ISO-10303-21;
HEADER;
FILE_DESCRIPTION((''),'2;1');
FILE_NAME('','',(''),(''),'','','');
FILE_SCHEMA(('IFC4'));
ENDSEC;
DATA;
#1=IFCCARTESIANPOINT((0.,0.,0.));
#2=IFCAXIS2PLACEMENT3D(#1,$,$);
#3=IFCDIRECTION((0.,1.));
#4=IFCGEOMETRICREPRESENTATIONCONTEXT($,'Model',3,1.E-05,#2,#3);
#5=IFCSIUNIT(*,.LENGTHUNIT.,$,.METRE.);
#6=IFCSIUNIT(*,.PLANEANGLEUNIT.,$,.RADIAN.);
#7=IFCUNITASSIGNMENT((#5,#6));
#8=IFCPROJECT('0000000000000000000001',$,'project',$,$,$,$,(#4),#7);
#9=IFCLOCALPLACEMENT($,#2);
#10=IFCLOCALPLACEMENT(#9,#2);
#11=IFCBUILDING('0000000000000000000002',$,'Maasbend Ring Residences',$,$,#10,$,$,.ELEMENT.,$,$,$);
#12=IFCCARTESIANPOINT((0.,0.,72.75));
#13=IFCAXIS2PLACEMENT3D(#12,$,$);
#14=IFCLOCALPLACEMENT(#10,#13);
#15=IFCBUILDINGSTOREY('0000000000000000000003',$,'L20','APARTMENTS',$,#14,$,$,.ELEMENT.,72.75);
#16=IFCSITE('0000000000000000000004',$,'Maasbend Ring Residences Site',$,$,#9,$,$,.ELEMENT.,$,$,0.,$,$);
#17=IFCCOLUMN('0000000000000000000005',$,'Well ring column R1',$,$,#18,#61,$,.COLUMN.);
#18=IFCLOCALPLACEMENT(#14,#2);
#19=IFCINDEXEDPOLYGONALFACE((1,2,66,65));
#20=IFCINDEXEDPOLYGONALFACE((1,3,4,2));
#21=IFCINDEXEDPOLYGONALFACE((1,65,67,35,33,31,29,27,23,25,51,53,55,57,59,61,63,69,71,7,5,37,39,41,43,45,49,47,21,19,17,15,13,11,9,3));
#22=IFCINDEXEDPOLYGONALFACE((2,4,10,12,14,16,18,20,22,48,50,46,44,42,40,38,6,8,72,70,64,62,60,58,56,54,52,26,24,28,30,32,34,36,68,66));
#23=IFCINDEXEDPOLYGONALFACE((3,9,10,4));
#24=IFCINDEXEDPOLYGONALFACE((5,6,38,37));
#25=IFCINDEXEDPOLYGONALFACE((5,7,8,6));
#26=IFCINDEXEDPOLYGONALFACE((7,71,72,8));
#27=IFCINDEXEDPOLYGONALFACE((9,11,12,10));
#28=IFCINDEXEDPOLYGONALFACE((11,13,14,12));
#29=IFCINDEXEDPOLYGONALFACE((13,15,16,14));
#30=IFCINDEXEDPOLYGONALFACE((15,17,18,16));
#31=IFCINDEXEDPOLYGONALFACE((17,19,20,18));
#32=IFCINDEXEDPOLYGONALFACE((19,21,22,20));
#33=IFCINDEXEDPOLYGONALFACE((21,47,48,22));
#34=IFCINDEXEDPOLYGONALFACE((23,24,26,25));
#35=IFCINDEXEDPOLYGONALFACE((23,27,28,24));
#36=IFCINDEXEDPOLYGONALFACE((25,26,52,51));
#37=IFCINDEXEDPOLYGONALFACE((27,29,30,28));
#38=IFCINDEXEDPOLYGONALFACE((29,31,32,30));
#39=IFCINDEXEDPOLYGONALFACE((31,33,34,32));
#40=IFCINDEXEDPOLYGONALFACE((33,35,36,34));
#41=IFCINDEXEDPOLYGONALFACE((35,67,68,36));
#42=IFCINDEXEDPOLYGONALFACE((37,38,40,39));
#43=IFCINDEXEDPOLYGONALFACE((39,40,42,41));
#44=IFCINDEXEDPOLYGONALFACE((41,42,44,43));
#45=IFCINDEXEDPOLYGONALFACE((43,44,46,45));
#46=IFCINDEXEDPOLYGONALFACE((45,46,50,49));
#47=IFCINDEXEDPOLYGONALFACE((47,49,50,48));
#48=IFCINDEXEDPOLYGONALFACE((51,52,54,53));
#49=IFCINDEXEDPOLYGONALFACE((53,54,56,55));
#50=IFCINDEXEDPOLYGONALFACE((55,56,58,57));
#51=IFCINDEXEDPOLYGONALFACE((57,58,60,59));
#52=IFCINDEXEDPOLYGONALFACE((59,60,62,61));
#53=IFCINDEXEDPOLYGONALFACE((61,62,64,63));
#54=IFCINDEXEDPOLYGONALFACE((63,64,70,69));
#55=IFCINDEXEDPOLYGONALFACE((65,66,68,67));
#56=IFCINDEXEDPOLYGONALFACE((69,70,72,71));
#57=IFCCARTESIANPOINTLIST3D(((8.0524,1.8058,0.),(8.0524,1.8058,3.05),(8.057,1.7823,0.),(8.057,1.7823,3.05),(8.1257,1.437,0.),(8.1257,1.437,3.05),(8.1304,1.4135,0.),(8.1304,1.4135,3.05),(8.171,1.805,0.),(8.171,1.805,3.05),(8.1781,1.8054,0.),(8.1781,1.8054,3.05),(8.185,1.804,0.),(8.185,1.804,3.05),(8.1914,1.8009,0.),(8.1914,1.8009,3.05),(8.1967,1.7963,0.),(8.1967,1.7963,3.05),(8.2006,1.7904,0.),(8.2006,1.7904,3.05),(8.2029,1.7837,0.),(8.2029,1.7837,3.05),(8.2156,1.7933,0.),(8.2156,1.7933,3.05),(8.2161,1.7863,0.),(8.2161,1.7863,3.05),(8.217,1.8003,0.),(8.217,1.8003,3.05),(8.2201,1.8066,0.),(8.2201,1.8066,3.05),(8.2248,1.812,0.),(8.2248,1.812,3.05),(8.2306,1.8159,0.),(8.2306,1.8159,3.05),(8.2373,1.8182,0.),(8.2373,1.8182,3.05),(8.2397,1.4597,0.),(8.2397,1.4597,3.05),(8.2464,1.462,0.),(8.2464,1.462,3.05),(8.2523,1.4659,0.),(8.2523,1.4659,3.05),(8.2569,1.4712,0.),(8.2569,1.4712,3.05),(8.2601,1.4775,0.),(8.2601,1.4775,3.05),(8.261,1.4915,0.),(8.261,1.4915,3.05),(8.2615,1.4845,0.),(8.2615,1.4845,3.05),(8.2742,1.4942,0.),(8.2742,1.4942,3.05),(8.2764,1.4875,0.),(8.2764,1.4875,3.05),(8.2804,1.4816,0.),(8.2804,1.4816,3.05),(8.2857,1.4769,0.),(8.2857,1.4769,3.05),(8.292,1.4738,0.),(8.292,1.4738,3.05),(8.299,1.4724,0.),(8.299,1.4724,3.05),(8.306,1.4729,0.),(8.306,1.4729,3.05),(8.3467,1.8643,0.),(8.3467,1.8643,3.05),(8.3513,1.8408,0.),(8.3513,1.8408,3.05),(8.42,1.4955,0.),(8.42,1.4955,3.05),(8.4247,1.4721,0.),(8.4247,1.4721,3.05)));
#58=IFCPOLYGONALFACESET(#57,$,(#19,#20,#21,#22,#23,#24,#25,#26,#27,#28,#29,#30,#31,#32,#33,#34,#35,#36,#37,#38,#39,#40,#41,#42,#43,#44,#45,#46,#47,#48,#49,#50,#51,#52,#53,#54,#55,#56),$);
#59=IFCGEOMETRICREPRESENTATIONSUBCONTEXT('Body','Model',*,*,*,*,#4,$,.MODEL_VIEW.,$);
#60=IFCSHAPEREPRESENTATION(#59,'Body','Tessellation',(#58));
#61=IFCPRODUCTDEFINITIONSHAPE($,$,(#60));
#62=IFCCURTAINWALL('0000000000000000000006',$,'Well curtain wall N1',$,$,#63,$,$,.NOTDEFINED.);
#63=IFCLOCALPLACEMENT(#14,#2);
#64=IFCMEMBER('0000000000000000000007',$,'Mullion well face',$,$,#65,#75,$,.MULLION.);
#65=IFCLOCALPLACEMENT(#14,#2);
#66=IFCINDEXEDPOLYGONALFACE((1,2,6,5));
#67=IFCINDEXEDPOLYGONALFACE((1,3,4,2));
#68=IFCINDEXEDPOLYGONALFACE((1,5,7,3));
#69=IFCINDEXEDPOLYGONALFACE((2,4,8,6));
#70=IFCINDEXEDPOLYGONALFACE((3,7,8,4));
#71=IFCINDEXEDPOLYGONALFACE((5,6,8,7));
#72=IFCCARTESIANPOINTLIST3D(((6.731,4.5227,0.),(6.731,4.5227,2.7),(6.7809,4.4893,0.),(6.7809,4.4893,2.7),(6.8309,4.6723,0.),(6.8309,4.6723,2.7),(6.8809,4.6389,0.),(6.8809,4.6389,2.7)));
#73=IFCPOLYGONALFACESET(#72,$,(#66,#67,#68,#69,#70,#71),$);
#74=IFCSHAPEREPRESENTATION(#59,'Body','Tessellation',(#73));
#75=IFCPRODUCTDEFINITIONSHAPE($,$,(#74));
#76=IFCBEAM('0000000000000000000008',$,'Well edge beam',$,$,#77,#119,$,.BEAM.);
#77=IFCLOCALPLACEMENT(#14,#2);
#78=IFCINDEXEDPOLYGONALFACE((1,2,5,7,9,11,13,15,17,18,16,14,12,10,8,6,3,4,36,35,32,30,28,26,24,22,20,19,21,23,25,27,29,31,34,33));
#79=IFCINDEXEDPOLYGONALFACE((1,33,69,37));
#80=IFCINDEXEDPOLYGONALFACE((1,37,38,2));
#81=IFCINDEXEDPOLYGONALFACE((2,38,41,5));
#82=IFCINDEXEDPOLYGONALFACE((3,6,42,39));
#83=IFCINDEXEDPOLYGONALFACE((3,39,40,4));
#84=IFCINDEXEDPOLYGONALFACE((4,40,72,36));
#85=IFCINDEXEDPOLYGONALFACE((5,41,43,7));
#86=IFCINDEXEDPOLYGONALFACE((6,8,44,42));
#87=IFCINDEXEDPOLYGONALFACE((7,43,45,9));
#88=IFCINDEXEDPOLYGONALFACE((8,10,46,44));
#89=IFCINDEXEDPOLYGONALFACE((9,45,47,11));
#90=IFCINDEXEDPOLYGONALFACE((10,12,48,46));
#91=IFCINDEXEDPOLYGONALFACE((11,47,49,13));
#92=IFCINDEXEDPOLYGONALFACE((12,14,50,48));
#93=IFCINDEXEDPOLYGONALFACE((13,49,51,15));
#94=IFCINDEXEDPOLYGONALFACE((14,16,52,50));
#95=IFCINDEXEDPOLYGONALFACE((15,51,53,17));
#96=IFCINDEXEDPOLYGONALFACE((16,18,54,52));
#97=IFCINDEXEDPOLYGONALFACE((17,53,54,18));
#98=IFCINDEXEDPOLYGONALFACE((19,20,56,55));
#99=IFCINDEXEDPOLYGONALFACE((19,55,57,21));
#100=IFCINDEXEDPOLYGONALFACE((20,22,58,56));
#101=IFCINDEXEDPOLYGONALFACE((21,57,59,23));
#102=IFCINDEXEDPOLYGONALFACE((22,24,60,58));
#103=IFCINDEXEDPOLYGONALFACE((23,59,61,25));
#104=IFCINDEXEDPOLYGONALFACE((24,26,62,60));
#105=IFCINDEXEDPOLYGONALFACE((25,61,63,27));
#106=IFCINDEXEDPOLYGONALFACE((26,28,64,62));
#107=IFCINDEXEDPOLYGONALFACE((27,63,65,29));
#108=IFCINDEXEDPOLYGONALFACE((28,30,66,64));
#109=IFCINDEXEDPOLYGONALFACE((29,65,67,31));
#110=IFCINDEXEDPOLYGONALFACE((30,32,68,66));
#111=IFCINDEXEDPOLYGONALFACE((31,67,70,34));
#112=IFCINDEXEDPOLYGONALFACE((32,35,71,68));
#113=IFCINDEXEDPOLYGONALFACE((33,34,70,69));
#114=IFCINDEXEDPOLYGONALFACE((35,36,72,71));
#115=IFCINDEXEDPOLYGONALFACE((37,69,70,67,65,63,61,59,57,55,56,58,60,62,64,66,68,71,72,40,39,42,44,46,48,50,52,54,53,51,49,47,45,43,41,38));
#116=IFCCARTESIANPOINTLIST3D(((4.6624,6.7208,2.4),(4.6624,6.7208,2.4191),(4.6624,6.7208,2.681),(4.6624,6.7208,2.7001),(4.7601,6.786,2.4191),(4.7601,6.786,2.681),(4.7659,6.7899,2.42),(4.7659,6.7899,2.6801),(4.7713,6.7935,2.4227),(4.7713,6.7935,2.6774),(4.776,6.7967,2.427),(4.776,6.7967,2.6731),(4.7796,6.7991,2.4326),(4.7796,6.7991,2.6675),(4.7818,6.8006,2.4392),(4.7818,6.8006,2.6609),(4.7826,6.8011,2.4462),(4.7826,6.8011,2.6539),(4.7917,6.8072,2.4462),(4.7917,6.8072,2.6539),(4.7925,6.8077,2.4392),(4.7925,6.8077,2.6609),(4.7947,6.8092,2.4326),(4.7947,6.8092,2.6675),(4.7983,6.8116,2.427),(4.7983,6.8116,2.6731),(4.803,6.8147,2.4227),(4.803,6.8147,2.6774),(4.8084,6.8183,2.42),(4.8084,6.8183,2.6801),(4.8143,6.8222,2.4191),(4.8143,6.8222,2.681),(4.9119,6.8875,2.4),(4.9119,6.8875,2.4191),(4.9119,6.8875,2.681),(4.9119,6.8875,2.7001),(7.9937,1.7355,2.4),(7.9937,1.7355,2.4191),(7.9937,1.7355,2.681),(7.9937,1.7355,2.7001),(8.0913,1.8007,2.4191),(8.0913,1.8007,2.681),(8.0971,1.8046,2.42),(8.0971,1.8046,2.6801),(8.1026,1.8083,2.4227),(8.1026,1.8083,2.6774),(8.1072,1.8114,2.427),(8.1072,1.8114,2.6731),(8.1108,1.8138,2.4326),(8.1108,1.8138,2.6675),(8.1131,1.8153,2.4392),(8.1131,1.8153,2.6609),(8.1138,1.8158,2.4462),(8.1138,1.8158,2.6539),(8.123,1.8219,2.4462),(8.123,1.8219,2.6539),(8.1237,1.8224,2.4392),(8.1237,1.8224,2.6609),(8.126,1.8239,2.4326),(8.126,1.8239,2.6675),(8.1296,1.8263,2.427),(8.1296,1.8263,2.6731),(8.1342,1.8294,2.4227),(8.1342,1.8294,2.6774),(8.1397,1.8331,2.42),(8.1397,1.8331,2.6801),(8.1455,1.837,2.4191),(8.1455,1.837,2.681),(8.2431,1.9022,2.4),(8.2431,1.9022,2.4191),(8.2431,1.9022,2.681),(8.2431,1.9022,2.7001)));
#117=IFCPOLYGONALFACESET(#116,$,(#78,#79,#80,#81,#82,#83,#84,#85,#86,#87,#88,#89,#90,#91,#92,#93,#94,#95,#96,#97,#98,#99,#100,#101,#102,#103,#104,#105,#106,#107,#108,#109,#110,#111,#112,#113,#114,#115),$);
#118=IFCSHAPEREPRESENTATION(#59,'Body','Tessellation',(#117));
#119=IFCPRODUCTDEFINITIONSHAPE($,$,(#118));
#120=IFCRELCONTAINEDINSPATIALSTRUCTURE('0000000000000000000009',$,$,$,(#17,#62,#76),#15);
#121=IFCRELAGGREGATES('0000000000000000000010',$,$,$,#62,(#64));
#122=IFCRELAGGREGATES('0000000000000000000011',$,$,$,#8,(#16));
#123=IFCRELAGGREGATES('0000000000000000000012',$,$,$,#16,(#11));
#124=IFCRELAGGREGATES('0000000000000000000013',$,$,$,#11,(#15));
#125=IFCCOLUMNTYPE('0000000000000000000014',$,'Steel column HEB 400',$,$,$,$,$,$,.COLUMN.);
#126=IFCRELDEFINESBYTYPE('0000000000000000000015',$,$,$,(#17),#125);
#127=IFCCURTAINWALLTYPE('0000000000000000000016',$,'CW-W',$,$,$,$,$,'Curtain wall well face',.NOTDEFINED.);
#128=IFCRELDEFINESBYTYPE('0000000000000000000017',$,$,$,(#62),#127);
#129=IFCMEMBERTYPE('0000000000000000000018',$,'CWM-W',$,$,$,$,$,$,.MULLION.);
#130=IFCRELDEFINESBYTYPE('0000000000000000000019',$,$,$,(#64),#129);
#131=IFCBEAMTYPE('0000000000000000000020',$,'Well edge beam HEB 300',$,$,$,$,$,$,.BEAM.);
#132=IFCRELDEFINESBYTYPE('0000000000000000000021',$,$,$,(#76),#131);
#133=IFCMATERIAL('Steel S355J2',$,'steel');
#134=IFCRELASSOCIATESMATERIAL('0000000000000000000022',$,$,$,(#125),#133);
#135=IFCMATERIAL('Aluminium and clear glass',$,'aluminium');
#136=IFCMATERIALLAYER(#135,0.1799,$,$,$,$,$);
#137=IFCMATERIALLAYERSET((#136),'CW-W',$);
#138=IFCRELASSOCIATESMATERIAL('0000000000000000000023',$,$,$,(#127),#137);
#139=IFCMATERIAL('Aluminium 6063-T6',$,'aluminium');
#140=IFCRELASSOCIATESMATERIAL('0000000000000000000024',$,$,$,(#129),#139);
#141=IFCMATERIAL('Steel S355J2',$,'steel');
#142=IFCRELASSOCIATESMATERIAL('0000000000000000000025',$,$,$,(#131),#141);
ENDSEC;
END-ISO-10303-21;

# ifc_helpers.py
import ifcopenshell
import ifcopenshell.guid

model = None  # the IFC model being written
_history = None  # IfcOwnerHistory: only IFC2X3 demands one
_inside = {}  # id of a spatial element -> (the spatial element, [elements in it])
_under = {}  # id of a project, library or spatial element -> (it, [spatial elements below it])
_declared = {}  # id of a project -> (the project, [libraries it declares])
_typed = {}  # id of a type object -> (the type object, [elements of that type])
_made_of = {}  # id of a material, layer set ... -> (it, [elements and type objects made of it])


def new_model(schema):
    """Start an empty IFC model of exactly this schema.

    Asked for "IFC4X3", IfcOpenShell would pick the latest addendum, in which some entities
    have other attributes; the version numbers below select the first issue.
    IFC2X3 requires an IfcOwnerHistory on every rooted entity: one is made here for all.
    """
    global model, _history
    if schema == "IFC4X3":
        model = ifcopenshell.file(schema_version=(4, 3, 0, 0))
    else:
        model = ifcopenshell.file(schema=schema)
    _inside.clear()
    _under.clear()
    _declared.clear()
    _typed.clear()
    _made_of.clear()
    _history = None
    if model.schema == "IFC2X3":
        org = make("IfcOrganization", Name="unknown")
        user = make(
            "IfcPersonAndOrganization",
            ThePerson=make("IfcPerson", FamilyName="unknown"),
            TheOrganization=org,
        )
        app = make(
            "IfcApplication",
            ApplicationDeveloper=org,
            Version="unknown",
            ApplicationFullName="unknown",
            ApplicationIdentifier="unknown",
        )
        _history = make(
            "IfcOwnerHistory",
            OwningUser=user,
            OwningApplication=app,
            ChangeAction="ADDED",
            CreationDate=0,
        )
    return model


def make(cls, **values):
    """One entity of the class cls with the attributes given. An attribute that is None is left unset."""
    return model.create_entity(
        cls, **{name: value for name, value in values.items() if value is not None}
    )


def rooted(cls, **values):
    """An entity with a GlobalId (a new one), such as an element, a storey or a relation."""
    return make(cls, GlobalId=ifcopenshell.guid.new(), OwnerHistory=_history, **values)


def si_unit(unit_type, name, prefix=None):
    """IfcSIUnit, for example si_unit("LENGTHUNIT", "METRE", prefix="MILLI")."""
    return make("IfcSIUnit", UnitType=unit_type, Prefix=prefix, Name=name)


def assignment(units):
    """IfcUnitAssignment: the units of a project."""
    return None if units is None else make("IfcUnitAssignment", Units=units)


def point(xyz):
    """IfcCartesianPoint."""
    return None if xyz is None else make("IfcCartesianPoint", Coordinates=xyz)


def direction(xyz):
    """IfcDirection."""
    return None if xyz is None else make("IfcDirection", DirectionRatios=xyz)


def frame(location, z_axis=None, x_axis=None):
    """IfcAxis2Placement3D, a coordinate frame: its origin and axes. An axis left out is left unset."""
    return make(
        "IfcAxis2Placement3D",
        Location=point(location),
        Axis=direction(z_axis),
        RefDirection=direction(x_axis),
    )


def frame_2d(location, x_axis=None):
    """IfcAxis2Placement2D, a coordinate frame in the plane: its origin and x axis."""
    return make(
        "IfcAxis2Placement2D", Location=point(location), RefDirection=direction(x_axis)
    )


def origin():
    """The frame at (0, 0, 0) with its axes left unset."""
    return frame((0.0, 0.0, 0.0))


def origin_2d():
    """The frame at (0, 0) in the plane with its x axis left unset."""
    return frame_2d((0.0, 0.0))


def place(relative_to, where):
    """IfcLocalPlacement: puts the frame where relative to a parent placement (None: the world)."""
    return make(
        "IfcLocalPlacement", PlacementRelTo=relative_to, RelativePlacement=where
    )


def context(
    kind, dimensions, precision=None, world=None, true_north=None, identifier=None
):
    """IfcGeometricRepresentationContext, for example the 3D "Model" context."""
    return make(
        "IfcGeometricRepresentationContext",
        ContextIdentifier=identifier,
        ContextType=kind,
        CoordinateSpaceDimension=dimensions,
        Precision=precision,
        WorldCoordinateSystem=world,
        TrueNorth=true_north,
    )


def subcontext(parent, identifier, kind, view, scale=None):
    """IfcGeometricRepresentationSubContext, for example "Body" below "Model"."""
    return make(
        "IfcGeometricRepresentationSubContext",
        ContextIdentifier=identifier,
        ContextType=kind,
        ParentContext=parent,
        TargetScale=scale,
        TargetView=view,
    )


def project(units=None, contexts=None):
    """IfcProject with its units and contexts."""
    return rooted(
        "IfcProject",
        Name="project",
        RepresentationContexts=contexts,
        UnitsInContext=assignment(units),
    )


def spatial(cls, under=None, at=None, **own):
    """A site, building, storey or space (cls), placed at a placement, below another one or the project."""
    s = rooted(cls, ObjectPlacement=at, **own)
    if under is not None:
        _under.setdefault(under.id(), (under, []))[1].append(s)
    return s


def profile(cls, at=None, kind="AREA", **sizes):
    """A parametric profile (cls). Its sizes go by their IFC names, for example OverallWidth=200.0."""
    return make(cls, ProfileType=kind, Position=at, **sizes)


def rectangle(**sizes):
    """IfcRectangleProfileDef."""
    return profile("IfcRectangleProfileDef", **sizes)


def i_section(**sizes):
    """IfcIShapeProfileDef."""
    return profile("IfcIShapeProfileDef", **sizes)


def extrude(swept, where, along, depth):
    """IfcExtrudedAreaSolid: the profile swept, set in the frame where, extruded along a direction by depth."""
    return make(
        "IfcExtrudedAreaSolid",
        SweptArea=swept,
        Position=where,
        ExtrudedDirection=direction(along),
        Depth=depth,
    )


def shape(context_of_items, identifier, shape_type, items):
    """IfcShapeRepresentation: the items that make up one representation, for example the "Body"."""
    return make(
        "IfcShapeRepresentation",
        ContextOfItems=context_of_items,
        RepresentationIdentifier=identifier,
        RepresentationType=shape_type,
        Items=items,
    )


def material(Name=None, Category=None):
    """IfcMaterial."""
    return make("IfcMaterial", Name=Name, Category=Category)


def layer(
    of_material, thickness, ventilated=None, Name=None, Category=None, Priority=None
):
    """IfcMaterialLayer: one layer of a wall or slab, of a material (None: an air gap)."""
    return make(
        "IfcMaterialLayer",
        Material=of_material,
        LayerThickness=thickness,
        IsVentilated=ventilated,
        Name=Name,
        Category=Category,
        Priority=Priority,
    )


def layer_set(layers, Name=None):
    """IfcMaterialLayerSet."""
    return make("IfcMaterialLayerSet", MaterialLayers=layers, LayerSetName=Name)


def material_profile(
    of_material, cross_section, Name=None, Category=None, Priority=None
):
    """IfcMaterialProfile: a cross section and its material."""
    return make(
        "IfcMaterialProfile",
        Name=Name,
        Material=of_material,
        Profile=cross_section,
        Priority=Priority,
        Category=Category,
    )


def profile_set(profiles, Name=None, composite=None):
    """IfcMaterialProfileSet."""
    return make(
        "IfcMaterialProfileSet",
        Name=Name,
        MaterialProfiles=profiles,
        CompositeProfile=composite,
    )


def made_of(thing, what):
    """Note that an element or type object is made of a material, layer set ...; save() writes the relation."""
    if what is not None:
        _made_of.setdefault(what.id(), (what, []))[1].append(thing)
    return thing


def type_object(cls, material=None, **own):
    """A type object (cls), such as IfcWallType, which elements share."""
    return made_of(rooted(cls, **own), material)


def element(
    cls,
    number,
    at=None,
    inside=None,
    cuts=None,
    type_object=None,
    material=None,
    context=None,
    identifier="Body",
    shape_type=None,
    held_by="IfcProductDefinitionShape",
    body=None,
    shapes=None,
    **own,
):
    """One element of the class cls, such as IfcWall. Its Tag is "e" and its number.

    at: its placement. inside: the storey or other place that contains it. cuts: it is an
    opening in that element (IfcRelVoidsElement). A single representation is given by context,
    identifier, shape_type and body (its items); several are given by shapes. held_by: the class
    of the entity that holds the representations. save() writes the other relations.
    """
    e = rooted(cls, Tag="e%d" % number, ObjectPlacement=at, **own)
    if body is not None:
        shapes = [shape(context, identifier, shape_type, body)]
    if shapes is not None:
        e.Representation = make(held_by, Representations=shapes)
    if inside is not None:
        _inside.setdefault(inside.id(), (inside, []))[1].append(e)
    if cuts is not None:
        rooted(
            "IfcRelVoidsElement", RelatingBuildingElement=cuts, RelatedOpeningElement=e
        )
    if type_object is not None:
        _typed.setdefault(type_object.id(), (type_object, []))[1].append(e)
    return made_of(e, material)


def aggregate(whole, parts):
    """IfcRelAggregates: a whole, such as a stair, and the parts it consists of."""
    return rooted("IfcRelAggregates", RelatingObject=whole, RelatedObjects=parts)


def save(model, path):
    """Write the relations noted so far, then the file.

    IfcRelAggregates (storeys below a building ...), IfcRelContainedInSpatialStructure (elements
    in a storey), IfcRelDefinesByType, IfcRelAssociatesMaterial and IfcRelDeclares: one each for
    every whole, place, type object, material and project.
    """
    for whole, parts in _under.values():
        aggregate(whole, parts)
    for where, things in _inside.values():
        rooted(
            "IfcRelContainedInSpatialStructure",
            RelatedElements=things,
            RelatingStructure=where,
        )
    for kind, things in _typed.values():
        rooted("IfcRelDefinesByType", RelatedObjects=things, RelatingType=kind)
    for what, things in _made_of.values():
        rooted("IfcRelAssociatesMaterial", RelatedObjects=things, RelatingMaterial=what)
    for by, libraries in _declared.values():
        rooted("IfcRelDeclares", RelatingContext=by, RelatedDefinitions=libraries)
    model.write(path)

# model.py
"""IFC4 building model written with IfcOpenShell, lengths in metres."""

from ifc_helpers import new_model, si_unit, direction, frame, origin, origin_2d, place, context, subcontext, project, spatial, rectangle, i_section, extrude, material, layer, layer_set, material_profile, profile_set, type_object, element, aggregate, save


model = new_model("IFC4")

# Units and contexts
model_context = context("Model", 3, precision=1e-05, world=origin(), true_north=direction((0.0, 1.0)))
body_context = subcontext(model_context, "Body", "Model", "MODEL_VIEW")
ifc_project = project(units=[si_unit("LENGTHUNIT", "METRE"), si_unit("PLANEANGLEUNIT", "RADIAN")], contexts=[model_context])

# Site, building, storey
site_placement = place(None, origin())
site = spatial("IfcSite", under=ifc_project, at=site_placement, Name="Maasbend Ring Residences Site", CompositionType="ELEMENT", RefElevation=0.0)
building_placement = place(site_placement, origin())
building = spatial("IfcBuilding", under=site, at=building_placement, Name="Maasbend Ring Residences", CompositionType="ELEMENT")
storey_placement = place(building_placement, frame((0.0, 0.0, 72.75)))
storey = spatial("IfcBuildingStorey", under=building, at=storey_placement, Name="L20", Description="APARTMENTS", CompositionType="ELEMENT", Elevation=72.75)

# Column
ifc_material_1 = material(Name="Steel S355J2", Category="steel")
ifc_material_profile_1 = material_profile(ifc_material_1, i_section(OverallWidth=0.3, OverallDepth=0.3999, WebThickness=0.0134, FlangeThickness=0.0239, FilletRadius=0.0271, at=origin_2d()), Name="HEB 400")
ifc_profile_set_1 = profile_set([ifc_material_profile_1], Name="Steel S355J2")
column_type = type_object("IfcColumnType", Name="Steel column HEB 400", PredefinedType="COLUMN", material=ifc_profile_set_1)
column_placement = place(storey_placement, frame((8.2385, 1.6389, 0.0), z_axis=(0.0, 0.0, 1.0), x_axis=(0.980785, 0.19509, 0.0)))
element("IfcColumn", 1, at=column_placement, inside=storey, type_object=column_type, Name="Well ring column R1", PredefinedType="COLUMN", context=body_context, shape_type="SweptSolid", body=[
    extrude(i_section(OverallWidth=0.3, OverallDepth=0.3999, WebThickness=0.0134, FlangeThickness=0.0239, FilletRadius=0.0271, at=origin_2d()), origin(), (0.0, 0.0, 1.0), 3.05),
])

# Curtain wall, member
ifc_material_2 = material(Name="Aluminium and clear glass", Category="aluminium")
ifc_layer_1 = layer(ifc_material_2, 0.1799)
ifc_layer_set_1 = layer_set([ifc_layer_1], Name="CW-W")
curtain_wall_type = type_object("IfcCurtainWallType", Name="CW-W", ElementType="Curtain wall well face", PredefinedType="NOTDEFINED", material=ifc_layer_set_1)
curtain_wall_placement = place(storey_placement, origin())
curtain_wall = element("IfcCurtainWall", 2, at=curtain_wall_placement, inside=storey, type_object=curtain_wall_type, Name="Well curtain wall N1", PredefinedType="NOTDEFINED")
ifc_material_3 = material(Name="Aluminium 6063-T6", Category="aluminium")
ifc_material_profile_2 = material_profile(ifc_material_3, rectangle(XDim=0.1799, YDim=0.0601, at=origin_2d()), Name="AL 180x60")
ifc_profile_set_2 = profile_set([ifc_material_profile_2], Name="Aluminium 6063-T6")
member_type = type_object("IfcMemberType", Name="CWM-W", PredefinedType="MULLION", material=ifc_profile_set_2)
member_placement = place(storey_placement, frame((6.8059, 4.5808, 0.0), z_axis=(0.0, 0.0, 1.0), x_axis=(-0.55557, -0.83147, 0.0)))
member = element("IfcMember", 3, at=member_placement, type_object=member_type, Name="Mullion well face", PredefinedType="MULLION", context=body_context, shape_type="SweptSolid", body=[
    extrude(rectangle(XDim=0.1799, YDim=0.0601, at=origin_2d()), origin(), (0.0, 0.0, 1.0), 2.7),
])
aggregate(curtain_wall, [member])

# Beam
ifc_material_4 = material(Name="Steel S355J2", Category="steel")
ifc_material_profile_3 = material_profile(ifc_material_4, i_section(OverallWidth=0.3, OverallDepth=0.3, WebThickness=0.011, FlangeThickness=0.019, FilletRadius=0.0271, at=origin_2d()), Name="HEB 300")
ifc_profile_set_3 = profile_set([ifc_material_profile_3], Name="Steel S355J2")
beam_type = type_object("IfcBeamType", Name="Well edge beam HEB 300", PredefinedType="BEAM", material=ifc_profile_set_3)
beam_placement = place(storey_placement, frame((8.1184, 1.8188, 2.55), z_axis=(-0.555593, 0.831455, 0.0), x_axis=(-0.831455, -0.555593, 0.0)))
element("IfcBeam", 4, at=beam_placement, inside=storey, type_object=beam_type, Name="Well edge beam", PredefinedType="BEAM", context=body_context, shape_type="SweptSolid", body=[
    extrude(i_section(OverallWidth=0.3, OverallDepth=0.3, WebThickness=0.011, FlangeThickness=0.019, FilletRadius=0.0271, at=origin_2d()), origin(), (0.0, 0.0, 1.0), 5.9958),
])

save(model, "model.ifc")
